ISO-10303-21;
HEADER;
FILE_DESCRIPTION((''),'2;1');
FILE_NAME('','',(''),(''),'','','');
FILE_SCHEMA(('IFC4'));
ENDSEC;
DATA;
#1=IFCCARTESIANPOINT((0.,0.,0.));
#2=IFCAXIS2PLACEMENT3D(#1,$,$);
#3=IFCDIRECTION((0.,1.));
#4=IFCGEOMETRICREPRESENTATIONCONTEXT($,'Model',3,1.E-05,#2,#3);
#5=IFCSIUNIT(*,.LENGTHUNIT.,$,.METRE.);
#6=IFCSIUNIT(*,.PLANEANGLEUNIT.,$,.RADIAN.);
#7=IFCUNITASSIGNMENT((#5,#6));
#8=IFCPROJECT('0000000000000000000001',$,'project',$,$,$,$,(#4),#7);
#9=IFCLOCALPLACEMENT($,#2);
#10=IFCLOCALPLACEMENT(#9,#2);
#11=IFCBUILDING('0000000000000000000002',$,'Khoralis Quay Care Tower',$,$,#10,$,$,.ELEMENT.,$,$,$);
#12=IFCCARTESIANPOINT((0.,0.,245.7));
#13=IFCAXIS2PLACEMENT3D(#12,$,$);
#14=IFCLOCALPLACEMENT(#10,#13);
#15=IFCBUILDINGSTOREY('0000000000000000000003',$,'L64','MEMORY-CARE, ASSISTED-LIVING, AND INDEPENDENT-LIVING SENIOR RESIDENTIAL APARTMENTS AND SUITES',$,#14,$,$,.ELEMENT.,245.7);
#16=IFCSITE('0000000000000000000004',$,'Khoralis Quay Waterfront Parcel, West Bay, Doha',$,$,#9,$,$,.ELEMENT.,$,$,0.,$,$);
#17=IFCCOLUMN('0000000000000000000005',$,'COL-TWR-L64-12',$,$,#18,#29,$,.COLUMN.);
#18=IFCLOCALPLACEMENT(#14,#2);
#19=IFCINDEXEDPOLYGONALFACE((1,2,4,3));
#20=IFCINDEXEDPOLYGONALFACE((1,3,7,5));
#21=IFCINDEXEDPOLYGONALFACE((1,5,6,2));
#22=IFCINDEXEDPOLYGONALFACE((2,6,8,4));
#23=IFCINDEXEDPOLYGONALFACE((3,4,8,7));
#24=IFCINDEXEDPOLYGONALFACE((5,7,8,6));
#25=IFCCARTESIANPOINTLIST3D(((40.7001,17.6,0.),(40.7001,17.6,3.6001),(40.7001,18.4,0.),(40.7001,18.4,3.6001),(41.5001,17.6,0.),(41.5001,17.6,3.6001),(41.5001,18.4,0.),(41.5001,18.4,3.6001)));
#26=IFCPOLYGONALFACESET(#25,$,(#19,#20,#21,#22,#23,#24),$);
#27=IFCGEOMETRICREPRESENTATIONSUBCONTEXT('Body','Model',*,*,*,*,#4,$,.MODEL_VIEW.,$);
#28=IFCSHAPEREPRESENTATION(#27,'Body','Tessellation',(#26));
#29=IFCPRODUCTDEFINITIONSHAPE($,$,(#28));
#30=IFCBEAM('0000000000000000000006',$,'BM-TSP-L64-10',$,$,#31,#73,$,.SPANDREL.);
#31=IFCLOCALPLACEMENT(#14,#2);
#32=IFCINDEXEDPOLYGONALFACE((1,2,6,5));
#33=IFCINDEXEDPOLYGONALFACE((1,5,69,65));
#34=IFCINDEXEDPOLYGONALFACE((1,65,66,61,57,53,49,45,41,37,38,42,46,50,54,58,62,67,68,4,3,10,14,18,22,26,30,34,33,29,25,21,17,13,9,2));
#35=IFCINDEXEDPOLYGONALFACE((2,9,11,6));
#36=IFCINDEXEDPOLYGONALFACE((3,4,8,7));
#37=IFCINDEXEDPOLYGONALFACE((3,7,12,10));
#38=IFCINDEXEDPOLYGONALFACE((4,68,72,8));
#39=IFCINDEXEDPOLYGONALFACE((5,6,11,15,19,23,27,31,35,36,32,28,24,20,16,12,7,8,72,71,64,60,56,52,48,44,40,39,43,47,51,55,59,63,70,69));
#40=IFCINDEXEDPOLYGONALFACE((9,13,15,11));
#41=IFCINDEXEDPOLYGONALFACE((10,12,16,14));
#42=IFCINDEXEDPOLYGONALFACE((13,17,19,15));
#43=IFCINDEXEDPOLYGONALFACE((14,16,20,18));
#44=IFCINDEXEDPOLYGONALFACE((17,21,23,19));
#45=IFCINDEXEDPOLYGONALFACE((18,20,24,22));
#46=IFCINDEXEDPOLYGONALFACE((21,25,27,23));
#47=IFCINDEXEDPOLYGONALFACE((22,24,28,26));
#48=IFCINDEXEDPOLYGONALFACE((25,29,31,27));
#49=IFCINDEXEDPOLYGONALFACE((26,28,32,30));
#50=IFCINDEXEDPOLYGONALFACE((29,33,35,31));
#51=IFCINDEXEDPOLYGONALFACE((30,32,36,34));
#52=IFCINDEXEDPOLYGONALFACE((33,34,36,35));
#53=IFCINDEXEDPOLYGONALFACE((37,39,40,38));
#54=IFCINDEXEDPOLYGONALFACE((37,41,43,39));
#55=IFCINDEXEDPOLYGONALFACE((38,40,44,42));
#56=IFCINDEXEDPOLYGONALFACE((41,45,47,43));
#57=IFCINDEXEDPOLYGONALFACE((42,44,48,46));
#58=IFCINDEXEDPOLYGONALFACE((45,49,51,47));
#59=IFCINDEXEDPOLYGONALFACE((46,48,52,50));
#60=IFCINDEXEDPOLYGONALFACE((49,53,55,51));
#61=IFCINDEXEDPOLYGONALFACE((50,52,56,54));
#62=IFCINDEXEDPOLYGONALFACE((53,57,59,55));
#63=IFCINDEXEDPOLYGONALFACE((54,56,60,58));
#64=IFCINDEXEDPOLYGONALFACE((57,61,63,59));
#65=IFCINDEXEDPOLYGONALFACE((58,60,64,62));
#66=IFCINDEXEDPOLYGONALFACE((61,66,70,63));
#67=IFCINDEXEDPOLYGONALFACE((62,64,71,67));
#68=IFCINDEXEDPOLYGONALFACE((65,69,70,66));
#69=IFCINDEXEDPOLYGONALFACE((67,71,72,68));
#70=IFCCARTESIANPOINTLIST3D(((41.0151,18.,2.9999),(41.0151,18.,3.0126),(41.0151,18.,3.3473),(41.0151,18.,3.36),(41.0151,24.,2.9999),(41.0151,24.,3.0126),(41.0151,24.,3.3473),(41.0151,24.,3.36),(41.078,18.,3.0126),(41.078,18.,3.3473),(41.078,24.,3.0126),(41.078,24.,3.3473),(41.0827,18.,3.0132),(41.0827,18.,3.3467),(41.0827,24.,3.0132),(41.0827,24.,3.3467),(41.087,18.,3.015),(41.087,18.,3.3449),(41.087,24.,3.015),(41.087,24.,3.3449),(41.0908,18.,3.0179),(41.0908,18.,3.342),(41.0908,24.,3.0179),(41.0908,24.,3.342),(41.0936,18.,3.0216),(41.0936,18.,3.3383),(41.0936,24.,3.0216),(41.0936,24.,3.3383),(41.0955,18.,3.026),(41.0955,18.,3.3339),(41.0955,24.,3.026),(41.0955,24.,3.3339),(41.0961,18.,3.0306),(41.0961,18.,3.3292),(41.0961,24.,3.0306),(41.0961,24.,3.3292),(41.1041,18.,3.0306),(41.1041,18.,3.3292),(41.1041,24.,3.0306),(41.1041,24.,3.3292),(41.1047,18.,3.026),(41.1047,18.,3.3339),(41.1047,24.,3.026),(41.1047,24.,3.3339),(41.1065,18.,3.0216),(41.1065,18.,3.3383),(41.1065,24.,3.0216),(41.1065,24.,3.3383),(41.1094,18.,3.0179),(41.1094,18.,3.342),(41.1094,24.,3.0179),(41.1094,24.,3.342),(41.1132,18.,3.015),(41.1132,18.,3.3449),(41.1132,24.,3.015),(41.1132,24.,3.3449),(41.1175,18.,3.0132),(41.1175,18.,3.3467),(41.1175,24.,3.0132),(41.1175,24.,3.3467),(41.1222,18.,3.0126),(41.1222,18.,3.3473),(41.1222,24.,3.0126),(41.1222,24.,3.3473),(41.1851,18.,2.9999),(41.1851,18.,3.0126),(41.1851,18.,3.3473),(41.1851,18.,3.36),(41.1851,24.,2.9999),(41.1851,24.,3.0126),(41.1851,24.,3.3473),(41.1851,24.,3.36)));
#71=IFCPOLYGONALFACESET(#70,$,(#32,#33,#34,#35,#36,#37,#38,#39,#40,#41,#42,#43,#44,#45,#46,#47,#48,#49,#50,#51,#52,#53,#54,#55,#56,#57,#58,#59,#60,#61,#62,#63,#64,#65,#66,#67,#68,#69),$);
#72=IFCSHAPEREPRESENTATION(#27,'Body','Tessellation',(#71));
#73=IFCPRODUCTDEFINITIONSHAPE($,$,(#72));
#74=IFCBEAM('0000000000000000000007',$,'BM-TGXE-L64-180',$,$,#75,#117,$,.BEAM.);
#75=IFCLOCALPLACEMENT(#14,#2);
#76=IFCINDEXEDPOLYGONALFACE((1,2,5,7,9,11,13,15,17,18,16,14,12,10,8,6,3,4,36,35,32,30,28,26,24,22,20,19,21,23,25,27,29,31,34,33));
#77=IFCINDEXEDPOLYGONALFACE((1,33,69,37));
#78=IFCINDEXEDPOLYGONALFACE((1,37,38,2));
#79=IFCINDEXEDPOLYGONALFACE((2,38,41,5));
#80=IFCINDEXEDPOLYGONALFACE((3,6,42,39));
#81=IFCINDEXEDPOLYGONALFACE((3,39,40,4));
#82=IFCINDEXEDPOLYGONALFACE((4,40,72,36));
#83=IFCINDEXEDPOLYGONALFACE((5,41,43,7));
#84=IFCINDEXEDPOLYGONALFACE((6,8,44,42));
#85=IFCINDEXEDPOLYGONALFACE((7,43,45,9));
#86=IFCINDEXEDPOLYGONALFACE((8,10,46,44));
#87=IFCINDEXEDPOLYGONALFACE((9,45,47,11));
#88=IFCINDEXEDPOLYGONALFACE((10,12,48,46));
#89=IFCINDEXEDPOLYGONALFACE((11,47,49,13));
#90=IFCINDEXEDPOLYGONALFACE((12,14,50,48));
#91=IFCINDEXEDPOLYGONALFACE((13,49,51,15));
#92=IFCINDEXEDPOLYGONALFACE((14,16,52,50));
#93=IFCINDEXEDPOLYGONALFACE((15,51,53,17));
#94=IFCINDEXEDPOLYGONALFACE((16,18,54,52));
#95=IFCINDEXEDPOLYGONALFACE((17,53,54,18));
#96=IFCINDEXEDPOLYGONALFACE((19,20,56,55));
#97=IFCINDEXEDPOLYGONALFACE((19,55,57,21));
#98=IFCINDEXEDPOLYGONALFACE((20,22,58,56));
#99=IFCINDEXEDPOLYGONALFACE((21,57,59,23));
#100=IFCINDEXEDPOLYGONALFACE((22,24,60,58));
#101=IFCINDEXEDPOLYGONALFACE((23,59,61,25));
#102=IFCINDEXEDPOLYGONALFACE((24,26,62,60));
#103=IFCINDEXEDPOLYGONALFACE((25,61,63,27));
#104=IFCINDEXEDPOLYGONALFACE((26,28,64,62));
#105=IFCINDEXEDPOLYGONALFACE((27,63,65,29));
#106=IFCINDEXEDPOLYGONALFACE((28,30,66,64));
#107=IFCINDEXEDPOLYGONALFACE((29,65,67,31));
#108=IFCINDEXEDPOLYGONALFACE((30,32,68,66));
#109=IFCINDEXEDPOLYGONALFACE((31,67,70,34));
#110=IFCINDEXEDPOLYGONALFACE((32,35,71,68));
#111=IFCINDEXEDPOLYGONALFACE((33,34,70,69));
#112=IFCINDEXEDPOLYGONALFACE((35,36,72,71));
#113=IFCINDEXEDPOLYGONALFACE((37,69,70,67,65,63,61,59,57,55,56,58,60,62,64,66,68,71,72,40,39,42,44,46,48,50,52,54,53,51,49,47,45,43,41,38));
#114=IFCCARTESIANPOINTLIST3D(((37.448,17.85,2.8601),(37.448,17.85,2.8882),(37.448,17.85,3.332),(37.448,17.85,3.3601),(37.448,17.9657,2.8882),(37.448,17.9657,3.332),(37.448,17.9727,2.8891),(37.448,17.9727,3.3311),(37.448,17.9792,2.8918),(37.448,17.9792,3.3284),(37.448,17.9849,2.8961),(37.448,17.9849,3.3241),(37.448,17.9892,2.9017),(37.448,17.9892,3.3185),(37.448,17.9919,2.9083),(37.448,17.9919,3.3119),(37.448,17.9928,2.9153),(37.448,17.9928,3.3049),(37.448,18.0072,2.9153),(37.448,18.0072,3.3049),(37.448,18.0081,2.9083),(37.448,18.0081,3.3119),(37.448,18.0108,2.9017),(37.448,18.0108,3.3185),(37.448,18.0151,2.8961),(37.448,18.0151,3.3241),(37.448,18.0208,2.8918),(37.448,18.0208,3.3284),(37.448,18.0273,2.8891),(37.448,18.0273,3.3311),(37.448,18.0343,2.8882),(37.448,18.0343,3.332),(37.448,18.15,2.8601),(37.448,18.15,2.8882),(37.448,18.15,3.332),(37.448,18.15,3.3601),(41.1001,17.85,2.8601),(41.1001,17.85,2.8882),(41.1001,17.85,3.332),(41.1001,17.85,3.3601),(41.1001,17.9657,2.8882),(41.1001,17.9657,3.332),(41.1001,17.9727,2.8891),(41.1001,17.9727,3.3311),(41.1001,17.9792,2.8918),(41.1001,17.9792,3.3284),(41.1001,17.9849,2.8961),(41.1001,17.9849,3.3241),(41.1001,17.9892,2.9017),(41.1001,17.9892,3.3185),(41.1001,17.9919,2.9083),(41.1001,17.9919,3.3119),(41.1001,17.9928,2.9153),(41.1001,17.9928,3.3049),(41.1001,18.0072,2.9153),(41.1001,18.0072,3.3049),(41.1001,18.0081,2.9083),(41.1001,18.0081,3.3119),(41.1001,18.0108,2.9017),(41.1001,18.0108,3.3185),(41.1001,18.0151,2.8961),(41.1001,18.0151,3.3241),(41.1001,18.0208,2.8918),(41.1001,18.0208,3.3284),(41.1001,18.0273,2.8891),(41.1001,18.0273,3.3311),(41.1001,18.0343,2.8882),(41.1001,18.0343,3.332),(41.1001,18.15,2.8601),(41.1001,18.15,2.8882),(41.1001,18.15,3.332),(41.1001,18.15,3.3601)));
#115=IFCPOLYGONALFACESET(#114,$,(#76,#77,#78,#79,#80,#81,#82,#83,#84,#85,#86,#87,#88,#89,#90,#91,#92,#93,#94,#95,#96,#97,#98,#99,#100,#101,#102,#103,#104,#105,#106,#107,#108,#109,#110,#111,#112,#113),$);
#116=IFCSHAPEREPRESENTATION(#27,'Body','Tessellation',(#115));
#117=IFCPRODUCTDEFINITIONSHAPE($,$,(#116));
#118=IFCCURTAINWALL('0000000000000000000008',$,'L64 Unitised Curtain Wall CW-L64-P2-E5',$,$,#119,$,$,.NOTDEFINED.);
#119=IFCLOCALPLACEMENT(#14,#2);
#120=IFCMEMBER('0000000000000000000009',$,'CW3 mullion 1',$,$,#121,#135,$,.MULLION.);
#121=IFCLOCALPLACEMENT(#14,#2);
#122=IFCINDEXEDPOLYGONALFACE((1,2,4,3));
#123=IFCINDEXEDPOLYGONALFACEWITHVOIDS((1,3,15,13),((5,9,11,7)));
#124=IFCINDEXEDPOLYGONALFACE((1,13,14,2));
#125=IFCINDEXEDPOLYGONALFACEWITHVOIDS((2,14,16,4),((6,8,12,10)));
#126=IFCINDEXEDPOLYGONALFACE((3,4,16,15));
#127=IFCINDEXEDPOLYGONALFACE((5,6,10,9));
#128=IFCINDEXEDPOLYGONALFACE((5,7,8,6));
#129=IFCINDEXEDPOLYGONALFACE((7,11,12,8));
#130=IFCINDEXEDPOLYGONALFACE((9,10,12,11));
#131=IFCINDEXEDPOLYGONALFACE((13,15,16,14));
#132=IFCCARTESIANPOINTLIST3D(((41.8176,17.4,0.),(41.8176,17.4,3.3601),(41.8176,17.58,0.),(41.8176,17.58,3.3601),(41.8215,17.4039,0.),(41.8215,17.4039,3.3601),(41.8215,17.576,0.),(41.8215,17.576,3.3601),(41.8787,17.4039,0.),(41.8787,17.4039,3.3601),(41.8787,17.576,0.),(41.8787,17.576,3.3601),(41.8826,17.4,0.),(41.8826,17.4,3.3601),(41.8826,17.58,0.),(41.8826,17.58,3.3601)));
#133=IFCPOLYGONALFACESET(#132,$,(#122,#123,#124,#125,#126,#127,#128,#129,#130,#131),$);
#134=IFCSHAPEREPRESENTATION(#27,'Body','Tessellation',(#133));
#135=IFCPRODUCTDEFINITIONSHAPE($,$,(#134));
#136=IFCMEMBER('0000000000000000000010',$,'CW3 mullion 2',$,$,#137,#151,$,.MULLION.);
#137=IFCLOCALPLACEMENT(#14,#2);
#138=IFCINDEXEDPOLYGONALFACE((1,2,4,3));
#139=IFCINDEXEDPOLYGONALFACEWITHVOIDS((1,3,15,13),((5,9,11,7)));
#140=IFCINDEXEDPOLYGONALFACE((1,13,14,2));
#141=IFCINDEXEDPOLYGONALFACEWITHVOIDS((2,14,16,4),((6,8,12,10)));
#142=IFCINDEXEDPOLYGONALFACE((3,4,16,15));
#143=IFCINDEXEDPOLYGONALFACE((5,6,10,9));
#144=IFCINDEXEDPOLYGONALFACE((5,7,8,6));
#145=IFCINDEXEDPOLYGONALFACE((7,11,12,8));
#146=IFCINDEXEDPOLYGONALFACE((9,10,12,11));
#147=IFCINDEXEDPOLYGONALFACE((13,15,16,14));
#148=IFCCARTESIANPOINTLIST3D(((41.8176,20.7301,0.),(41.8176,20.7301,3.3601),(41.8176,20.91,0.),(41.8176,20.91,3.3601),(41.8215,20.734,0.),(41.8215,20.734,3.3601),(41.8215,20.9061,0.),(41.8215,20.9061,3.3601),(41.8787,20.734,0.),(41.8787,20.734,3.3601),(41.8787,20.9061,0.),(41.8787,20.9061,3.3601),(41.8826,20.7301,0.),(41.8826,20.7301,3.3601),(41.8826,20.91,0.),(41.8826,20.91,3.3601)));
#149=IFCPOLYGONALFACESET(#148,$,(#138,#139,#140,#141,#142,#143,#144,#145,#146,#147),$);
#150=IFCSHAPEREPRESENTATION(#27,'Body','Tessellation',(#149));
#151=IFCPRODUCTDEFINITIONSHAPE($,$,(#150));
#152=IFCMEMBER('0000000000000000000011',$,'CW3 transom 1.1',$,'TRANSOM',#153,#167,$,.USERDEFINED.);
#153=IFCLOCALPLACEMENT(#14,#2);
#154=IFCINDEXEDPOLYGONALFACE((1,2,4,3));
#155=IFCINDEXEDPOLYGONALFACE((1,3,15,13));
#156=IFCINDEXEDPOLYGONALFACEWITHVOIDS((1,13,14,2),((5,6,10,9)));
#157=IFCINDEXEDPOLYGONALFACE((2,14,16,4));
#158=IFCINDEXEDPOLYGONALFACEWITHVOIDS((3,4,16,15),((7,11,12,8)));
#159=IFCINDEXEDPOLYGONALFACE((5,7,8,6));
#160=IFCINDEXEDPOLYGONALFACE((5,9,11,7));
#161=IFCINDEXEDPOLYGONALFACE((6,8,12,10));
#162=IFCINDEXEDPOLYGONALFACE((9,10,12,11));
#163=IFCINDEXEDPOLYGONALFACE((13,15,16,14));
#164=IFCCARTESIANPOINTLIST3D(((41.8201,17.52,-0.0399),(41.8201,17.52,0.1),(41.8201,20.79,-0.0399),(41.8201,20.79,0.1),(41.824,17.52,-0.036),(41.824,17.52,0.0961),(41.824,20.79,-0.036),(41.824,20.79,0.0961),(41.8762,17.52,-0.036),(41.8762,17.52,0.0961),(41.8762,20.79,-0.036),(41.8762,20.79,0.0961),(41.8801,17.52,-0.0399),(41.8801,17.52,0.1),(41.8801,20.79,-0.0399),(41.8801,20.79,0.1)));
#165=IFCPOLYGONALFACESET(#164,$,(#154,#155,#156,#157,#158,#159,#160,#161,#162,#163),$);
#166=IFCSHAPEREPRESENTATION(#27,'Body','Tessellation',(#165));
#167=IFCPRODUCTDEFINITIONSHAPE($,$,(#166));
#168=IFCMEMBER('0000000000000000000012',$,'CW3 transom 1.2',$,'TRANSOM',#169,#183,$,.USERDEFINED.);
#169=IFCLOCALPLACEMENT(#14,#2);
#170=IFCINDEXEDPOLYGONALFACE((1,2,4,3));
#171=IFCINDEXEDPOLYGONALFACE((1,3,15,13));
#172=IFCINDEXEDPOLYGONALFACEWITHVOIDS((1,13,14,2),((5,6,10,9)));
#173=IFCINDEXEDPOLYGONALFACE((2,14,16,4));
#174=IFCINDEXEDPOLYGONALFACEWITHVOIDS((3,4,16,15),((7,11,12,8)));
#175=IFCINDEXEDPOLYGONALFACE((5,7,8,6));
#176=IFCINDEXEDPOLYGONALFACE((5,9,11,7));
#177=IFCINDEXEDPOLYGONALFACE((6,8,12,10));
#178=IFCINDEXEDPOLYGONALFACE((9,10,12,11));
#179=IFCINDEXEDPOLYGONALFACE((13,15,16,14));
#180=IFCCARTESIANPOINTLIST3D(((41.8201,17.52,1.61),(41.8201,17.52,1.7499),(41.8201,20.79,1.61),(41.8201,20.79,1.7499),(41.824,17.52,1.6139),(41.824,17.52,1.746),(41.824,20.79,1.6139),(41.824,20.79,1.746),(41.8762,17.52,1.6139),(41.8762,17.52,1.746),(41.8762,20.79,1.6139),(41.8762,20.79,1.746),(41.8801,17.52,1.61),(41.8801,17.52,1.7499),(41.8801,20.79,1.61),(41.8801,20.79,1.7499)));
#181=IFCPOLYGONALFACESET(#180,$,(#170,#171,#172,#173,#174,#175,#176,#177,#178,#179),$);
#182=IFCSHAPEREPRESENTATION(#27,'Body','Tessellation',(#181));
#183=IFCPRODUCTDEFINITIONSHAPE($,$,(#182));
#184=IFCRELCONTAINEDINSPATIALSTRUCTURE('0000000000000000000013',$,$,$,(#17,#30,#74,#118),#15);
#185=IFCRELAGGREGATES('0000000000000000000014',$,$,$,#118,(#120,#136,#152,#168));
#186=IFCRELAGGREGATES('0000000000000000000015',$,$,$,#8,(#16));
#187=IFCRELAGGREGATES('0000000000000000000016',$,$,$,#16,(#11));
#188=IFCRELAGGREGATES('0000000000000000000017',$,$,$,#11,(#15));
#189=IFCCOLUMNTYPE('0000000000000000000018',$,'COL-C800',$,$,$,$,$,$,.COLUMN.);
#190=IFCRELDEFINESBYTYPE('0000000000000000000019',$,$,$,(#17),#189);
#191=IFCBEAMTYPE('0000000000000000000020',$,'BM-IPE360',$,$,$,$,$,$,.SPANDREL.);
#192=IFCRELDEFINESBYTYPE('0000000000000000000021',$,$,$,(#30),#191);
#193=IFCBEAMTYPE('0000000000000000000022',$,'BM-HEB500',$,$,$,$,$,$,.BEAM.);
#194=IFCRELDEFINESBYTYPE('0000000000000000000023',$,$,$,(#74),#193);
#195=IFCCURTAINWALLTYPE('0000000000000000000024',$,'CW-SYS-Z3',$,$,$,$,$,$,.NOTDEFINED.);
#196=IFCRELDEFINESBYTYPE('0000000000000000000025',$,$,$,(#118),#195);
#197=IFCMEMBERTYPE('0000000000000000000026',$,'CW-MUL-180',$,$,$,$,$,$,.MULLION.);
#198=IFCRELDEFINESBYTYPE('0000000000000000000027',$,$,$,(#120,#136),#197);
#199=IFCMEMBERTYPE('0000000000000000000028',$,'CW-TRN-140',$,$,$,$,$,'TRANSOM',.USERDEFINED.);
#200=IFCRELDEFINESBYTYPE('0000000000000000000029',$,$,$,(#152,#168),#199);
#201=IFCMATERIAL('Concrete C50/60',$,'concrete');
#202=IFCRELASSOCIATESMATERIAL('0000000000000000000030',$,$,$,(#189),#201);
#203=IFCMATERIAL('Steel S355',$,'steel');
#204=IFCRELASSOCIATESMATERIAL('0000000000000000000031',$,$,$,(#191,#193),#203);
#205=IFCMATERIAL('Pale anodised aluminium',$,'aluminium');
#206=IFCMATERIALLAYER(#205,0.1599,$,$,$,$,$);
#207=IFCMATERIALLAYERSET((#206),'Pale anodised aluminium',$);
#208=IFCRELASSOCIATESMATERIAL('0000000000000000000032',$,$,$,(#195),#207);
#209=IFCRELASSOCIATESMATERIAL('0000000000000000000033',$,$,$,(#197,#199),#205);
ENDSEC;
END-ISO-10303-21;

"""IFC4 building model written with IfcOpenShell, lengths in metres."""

from ifc_helpers import new_model, si_unit, direction, frame, origin, origin_2d, place, context, subcontext, project, spatial, rectangle, hollow_rectangle, i_section, extrude, source, transform, mapped, material, layer, layer_set, material_profile, profile_set, type_object, element, aggregate, save


model = new_model("IFC4")

# Units and contexts
model_context = context("Model", 3, precision=1e-05, world=origin(), true_north=direction((0.0, 1.0)))
body_context = subcontext(model_context, "Body", "Model", "MODEL_VIEW")
ifc_project = project(units=[si_unit("LENGTHUNIT", "METRE"), si_unit("PLANEANGLEUNIT", "RADIAN")], contexts=[model_context])

# Site, building, storey
site_placement = place(None, origin())
site = spatial("IfcSite", under=ifc_project, at=site_placement, Name="Khoralis Quay Waterfront Parcel, West Bay, Doha", CompositionType="ELEMENT", RefElevation=0.0)
building_placement = place(site_placement, origin())
building = spatial("IfcBuilding", under=site, at=building_placement, Name="Khoralis Quay Care Tower", CompositionType="ELEMENT")
storey_placement = place(building_placement, frame((0.0, 0.0, 245.7)))
storey = spatial("IfcBuildingStorey", under=building, at=storey_placement, Name="L64", Description="MEMORY-CARE, ASSISTED-LIVING, AND INDEPENDENT-LIVING SENIOR RESIDENTIAL APARTMENTS AND SUITES", CompositionType="ELEMENT", Elevation=245.7)

# Column
ifc_material_1 = material(Name="Concrete C50/60", Category="concrete")
ifc_material_profile_1 = material_profile(ifc_material_1, rectangle(XDim=0.8, YDim=0.8, at=origin_2d()), Name="Concrete C50/60")
ifc_profile_set_1 = profile_set([ifc_material_profile_1], Name="Concrete C50/60")
column_type = type_object("IfcColumnType", Name="COL-C800", PredefinedType="COLUMN", material=ifc_profile_set_1)
shared_shape_1 = source(origin(), body_context, "Body", "SweptSolid", [
    extrude(rectangle(XDim=0.8, YDim=0.8, at=origin_2d()), origin(), (0.0, 0.0, 1.0), 3.6001),
])
column_placement = place(storey_placement, frame((41.1001, 18.0, 0.0), z_axis=(0.0, 0.0, 1.0), x_axis=(1.0, 0.0, 0.0)))
element("IfcColumn", 1, at=column_placement, inside=storey, type_object=column_type, Name="COL-TWR-L64-12", PredefinedType="COLUMN", context=body_context, shape_type="MappedRepresentation", body=[
    mapped(shared_shape_1, transform((0.0, 0.0, 0.0), scale=1.0)),
])

# Beams
ifc_material_2 = material(Name="Steel S355", Category="steel")
ifc_material_profile_2 = material_profile(ifc_material_2, i_section(OverallWidth=0.1699, OverallDepth=0.3601, WebThickness=0.0081, FlangeThickness=0.0127, FilletRadius=0.0181, at=origin_2d()), Name="Steel S355")
ifc_profile_set_2 = profile_set([ifc_material_profile_2], Name="Steel S355")
beam_type_1 = type_object("IfcBeamType", Name="BM-IPE360", PredefinedType="SPANDREL", material=ifc_profile_set_2)
shared_shape_2 = source(origin(), body_context, "Body", "SweptSolid", [
    extrude(i_section(OverallWidth=0.1699, OverallDepth=0.3601, WebThickness=0.0081, FlangeThickness=0.0127, FilletRadius=0.0181, at=origin_2d()), origin(), (0.0, 0.0, 1.0), 6.0),
])
beam_1_placement = place(storey_placement, frame((41.1001, 18.0, 3.1799), z_axis=(0.0, 1.0, 0.0), x_axis=(-1.0, 0.0, 0.0)))
element("IfcBeam", 2, at=beam_1_placement, inside=storey, type_object=beam_type_1, Name="BM-TSP-L64-10", PredefinedType="SPANDREL", context=body_context, shape_type="MappedRepresentation", body=[
    mapped(shared_shape_2, transform((0.0, 0.0, 0.0), scale=1.0)),
])
ifc_material_profile_3 = material_profile(ifc_material_2, i_section(OverallWidth=0.3, OverallDepth=0.5, WebThickness=0.0144, FlangeThickness=0.0281, FilletRadius=0.0271, at=origin_2d()), Name="Steel S355")
ifc_profile_set_3 = profile_set([ifc_material_profile_3], Name="Steel S355")
beam_type_2 = type_object("IfcBeamType", Name="BM-HEB500", PredefinedType="BEAM", material=ifc_profile_set_3)
shared_shape_3 = source(origin(), body_context, "Body", "SweptSolid", [
    extrude(i_section(OverallWidth=0.3, OverallDepth=0.5, WebThickness=0.0144, FlangeThickness=0.0281, FilletRadius=0.0271, at=origin_2d()), origin(), (0.0, 0.0, 1.0), 3.6521),
])
beam_2_placement = place(storey_placement, frame((37.448, 18.0, 3.1101), z_axis=(1.0, 0.0, 0.0), x_axis=(0.0, 1.0, 0.0)))
element("IfcBeam", 3, at=beam_2_placement, inside=storey, type_object=beam_type_2, Name="BM-TGXE-L64-180", PredefinedType="BEAM", context=body_context, shape_type="MappedRepresentation", body=[
    mapped(shared_shape_3, transform((0.0, 0.0, 0.0), scale=1.0)),
])

# Curtain wall, members
ifc_material_3 = material(Name="Pale anodised aluminium", Category="aluminium")
ifc_layer_1 = layer(ifc_material_3, 0.1599)
ifc_layer_set_1 = layer_set([ifc_layer_1], Name="Pale anodised aluminium")
curtain_wall_type = type_object("IfcCurtainWallType", Name="CW-SYS-Z3", PredefinedType="NOTDEFINED", material=ifc_layer_set_1)
curtain_wall_placement = place(storey_placement, origin())
curtain_wall = element("IfcCurtainWall", 4, at=curtain_wall_placement, inside=storey, type_object=curtain_wall_type, Name="L64 Unitised Curtain Wall CW-L64-P2-E5", PredefinedType="NOTDEFINED")
ifc_material_profile_4 = material_profile(ifc_material_3, hollow_rectangle(XDim=0.0649, YDim=0.1799, WallThickness=0.0039, at=origin_2d()), Name="Pale anodised aluminium")
ifc_profile_set_4 = profile_set([ifc_material_profile_4], Name="Pale anodised aluminium")
member_type_1 = type_object("IfcMemberType", Name="CW-MUL-180", PredefinedType="MULLION", material=ifc_profile_set_4)
shared_shape_4 = source(origin(), body_context, "Body", "SweptSolid", [
    extrude(hollow_rectangle(XDim=0.0649, YDim=0.1799, WallThickness=0.0039, at=origin_2d()), origin(), (0.0, 0.0, 1.0), 3.3601),
])
member_1_placement = place(storey_placement, frame((41.8501, 17.49, 0.0), z_axis=(0.0, 0.0, 1.0), x_axis=(-1.0, 0.0, 0.0)))
member_1 = element("IfcMember", 5, at=member_1_placement, type_object=member_type_1, Name="CW3 mullion 1", PredefinedType="MULLION", context=body_context, shape_type="MappedRepresentation", body=[
    mapped(shared_shape_4, transform((0.0, 0.0, 0.0), scale=1.0)),
])
member_2_placement = place(storey_placement, frame((41.8501, 20.8201, 0.0), z_axis=(0.0, 0.0, 1.0), x_axis=(-1.0, 0.0, 0.0)))
member_2 = element("IfcMember", 6, at=member_2_placement, type_object=member_type_1, Name="CW3 mullion 2", PredefinedType="MULLION", context=body_context, shape_type="MappedRepresentation", body=[
    mapped(shared_shape_4, transform((0.0, 0.0, 0.0), scale=1.0)),
])
ifc_material_profile_5 = material_profile(ifc_material_3, hollow_rectangle(XDim=0.0601, YDim=0.1399, WallThickness=0.0039, at=origin_2d()), Name="Pale anodised aluminium")
ifc_profile_set_5 = profile_set([ifc_material_profile_5], Name="Pale anodised aluminium")
member_type_2 = type_object("IfcMemberType", Name="CW-TRN-140", ElementType="TRANSOM", PredefinedType="USERDEFINED", material=ifc_profile_set_5)
shared_shape_5 = source(origin(), body_context, "Body", "SweptSolid", [
    extrude(hollow_rectangle(XDim=0.0601, YDim=0.1399, WallThickness=0.0039, at=origin_2d()), origin(), (0.0, 0.0, 1.0), 3.27),
])
member_3_placement = place(storey_placement, frame((41.8501, 17.52, 0.03), z_axis=(0.0, 1.0, 0.0), x_axis=(-1.0, 0.0, 0.0)))
member_3 = element("IfcMember", 7, at=member_3_placement, type_object=member_type_2, Name="CW3 transom 1.1", ObjectType="TRANSOM", PredefinedType="USERDEFINED", context=body_context, shape_type="MappedRepresentation", body=[
    mapped(shared_shape_5, transform((0.0, 0.0, 0.0), scale=1.0)),
])
member_4_placement = place(storey_placement, frame((41.8501, 17.52, 1.6799), z_axis=(0.0, 1.0, 0.0), x_axis=(-1.0, 0.0, 0.0)))
member_4 = element("IfcMember", 8, at=member_4_placement, type_object=member_type_2, Name="CW3 transom 1.2", ObjectType="TRANSOM", PredefinedType="USERDEFINED", context=body_context, shape_type="MappedRepresentation", body=[
    mapped(shared_shape_5, transform((0.0, 0.0, 0.0), scale=1.0)),
])
aggregate(curtain_wall, [member_1, member_2, member_3, member_4])

save(model, "model.ifc")
